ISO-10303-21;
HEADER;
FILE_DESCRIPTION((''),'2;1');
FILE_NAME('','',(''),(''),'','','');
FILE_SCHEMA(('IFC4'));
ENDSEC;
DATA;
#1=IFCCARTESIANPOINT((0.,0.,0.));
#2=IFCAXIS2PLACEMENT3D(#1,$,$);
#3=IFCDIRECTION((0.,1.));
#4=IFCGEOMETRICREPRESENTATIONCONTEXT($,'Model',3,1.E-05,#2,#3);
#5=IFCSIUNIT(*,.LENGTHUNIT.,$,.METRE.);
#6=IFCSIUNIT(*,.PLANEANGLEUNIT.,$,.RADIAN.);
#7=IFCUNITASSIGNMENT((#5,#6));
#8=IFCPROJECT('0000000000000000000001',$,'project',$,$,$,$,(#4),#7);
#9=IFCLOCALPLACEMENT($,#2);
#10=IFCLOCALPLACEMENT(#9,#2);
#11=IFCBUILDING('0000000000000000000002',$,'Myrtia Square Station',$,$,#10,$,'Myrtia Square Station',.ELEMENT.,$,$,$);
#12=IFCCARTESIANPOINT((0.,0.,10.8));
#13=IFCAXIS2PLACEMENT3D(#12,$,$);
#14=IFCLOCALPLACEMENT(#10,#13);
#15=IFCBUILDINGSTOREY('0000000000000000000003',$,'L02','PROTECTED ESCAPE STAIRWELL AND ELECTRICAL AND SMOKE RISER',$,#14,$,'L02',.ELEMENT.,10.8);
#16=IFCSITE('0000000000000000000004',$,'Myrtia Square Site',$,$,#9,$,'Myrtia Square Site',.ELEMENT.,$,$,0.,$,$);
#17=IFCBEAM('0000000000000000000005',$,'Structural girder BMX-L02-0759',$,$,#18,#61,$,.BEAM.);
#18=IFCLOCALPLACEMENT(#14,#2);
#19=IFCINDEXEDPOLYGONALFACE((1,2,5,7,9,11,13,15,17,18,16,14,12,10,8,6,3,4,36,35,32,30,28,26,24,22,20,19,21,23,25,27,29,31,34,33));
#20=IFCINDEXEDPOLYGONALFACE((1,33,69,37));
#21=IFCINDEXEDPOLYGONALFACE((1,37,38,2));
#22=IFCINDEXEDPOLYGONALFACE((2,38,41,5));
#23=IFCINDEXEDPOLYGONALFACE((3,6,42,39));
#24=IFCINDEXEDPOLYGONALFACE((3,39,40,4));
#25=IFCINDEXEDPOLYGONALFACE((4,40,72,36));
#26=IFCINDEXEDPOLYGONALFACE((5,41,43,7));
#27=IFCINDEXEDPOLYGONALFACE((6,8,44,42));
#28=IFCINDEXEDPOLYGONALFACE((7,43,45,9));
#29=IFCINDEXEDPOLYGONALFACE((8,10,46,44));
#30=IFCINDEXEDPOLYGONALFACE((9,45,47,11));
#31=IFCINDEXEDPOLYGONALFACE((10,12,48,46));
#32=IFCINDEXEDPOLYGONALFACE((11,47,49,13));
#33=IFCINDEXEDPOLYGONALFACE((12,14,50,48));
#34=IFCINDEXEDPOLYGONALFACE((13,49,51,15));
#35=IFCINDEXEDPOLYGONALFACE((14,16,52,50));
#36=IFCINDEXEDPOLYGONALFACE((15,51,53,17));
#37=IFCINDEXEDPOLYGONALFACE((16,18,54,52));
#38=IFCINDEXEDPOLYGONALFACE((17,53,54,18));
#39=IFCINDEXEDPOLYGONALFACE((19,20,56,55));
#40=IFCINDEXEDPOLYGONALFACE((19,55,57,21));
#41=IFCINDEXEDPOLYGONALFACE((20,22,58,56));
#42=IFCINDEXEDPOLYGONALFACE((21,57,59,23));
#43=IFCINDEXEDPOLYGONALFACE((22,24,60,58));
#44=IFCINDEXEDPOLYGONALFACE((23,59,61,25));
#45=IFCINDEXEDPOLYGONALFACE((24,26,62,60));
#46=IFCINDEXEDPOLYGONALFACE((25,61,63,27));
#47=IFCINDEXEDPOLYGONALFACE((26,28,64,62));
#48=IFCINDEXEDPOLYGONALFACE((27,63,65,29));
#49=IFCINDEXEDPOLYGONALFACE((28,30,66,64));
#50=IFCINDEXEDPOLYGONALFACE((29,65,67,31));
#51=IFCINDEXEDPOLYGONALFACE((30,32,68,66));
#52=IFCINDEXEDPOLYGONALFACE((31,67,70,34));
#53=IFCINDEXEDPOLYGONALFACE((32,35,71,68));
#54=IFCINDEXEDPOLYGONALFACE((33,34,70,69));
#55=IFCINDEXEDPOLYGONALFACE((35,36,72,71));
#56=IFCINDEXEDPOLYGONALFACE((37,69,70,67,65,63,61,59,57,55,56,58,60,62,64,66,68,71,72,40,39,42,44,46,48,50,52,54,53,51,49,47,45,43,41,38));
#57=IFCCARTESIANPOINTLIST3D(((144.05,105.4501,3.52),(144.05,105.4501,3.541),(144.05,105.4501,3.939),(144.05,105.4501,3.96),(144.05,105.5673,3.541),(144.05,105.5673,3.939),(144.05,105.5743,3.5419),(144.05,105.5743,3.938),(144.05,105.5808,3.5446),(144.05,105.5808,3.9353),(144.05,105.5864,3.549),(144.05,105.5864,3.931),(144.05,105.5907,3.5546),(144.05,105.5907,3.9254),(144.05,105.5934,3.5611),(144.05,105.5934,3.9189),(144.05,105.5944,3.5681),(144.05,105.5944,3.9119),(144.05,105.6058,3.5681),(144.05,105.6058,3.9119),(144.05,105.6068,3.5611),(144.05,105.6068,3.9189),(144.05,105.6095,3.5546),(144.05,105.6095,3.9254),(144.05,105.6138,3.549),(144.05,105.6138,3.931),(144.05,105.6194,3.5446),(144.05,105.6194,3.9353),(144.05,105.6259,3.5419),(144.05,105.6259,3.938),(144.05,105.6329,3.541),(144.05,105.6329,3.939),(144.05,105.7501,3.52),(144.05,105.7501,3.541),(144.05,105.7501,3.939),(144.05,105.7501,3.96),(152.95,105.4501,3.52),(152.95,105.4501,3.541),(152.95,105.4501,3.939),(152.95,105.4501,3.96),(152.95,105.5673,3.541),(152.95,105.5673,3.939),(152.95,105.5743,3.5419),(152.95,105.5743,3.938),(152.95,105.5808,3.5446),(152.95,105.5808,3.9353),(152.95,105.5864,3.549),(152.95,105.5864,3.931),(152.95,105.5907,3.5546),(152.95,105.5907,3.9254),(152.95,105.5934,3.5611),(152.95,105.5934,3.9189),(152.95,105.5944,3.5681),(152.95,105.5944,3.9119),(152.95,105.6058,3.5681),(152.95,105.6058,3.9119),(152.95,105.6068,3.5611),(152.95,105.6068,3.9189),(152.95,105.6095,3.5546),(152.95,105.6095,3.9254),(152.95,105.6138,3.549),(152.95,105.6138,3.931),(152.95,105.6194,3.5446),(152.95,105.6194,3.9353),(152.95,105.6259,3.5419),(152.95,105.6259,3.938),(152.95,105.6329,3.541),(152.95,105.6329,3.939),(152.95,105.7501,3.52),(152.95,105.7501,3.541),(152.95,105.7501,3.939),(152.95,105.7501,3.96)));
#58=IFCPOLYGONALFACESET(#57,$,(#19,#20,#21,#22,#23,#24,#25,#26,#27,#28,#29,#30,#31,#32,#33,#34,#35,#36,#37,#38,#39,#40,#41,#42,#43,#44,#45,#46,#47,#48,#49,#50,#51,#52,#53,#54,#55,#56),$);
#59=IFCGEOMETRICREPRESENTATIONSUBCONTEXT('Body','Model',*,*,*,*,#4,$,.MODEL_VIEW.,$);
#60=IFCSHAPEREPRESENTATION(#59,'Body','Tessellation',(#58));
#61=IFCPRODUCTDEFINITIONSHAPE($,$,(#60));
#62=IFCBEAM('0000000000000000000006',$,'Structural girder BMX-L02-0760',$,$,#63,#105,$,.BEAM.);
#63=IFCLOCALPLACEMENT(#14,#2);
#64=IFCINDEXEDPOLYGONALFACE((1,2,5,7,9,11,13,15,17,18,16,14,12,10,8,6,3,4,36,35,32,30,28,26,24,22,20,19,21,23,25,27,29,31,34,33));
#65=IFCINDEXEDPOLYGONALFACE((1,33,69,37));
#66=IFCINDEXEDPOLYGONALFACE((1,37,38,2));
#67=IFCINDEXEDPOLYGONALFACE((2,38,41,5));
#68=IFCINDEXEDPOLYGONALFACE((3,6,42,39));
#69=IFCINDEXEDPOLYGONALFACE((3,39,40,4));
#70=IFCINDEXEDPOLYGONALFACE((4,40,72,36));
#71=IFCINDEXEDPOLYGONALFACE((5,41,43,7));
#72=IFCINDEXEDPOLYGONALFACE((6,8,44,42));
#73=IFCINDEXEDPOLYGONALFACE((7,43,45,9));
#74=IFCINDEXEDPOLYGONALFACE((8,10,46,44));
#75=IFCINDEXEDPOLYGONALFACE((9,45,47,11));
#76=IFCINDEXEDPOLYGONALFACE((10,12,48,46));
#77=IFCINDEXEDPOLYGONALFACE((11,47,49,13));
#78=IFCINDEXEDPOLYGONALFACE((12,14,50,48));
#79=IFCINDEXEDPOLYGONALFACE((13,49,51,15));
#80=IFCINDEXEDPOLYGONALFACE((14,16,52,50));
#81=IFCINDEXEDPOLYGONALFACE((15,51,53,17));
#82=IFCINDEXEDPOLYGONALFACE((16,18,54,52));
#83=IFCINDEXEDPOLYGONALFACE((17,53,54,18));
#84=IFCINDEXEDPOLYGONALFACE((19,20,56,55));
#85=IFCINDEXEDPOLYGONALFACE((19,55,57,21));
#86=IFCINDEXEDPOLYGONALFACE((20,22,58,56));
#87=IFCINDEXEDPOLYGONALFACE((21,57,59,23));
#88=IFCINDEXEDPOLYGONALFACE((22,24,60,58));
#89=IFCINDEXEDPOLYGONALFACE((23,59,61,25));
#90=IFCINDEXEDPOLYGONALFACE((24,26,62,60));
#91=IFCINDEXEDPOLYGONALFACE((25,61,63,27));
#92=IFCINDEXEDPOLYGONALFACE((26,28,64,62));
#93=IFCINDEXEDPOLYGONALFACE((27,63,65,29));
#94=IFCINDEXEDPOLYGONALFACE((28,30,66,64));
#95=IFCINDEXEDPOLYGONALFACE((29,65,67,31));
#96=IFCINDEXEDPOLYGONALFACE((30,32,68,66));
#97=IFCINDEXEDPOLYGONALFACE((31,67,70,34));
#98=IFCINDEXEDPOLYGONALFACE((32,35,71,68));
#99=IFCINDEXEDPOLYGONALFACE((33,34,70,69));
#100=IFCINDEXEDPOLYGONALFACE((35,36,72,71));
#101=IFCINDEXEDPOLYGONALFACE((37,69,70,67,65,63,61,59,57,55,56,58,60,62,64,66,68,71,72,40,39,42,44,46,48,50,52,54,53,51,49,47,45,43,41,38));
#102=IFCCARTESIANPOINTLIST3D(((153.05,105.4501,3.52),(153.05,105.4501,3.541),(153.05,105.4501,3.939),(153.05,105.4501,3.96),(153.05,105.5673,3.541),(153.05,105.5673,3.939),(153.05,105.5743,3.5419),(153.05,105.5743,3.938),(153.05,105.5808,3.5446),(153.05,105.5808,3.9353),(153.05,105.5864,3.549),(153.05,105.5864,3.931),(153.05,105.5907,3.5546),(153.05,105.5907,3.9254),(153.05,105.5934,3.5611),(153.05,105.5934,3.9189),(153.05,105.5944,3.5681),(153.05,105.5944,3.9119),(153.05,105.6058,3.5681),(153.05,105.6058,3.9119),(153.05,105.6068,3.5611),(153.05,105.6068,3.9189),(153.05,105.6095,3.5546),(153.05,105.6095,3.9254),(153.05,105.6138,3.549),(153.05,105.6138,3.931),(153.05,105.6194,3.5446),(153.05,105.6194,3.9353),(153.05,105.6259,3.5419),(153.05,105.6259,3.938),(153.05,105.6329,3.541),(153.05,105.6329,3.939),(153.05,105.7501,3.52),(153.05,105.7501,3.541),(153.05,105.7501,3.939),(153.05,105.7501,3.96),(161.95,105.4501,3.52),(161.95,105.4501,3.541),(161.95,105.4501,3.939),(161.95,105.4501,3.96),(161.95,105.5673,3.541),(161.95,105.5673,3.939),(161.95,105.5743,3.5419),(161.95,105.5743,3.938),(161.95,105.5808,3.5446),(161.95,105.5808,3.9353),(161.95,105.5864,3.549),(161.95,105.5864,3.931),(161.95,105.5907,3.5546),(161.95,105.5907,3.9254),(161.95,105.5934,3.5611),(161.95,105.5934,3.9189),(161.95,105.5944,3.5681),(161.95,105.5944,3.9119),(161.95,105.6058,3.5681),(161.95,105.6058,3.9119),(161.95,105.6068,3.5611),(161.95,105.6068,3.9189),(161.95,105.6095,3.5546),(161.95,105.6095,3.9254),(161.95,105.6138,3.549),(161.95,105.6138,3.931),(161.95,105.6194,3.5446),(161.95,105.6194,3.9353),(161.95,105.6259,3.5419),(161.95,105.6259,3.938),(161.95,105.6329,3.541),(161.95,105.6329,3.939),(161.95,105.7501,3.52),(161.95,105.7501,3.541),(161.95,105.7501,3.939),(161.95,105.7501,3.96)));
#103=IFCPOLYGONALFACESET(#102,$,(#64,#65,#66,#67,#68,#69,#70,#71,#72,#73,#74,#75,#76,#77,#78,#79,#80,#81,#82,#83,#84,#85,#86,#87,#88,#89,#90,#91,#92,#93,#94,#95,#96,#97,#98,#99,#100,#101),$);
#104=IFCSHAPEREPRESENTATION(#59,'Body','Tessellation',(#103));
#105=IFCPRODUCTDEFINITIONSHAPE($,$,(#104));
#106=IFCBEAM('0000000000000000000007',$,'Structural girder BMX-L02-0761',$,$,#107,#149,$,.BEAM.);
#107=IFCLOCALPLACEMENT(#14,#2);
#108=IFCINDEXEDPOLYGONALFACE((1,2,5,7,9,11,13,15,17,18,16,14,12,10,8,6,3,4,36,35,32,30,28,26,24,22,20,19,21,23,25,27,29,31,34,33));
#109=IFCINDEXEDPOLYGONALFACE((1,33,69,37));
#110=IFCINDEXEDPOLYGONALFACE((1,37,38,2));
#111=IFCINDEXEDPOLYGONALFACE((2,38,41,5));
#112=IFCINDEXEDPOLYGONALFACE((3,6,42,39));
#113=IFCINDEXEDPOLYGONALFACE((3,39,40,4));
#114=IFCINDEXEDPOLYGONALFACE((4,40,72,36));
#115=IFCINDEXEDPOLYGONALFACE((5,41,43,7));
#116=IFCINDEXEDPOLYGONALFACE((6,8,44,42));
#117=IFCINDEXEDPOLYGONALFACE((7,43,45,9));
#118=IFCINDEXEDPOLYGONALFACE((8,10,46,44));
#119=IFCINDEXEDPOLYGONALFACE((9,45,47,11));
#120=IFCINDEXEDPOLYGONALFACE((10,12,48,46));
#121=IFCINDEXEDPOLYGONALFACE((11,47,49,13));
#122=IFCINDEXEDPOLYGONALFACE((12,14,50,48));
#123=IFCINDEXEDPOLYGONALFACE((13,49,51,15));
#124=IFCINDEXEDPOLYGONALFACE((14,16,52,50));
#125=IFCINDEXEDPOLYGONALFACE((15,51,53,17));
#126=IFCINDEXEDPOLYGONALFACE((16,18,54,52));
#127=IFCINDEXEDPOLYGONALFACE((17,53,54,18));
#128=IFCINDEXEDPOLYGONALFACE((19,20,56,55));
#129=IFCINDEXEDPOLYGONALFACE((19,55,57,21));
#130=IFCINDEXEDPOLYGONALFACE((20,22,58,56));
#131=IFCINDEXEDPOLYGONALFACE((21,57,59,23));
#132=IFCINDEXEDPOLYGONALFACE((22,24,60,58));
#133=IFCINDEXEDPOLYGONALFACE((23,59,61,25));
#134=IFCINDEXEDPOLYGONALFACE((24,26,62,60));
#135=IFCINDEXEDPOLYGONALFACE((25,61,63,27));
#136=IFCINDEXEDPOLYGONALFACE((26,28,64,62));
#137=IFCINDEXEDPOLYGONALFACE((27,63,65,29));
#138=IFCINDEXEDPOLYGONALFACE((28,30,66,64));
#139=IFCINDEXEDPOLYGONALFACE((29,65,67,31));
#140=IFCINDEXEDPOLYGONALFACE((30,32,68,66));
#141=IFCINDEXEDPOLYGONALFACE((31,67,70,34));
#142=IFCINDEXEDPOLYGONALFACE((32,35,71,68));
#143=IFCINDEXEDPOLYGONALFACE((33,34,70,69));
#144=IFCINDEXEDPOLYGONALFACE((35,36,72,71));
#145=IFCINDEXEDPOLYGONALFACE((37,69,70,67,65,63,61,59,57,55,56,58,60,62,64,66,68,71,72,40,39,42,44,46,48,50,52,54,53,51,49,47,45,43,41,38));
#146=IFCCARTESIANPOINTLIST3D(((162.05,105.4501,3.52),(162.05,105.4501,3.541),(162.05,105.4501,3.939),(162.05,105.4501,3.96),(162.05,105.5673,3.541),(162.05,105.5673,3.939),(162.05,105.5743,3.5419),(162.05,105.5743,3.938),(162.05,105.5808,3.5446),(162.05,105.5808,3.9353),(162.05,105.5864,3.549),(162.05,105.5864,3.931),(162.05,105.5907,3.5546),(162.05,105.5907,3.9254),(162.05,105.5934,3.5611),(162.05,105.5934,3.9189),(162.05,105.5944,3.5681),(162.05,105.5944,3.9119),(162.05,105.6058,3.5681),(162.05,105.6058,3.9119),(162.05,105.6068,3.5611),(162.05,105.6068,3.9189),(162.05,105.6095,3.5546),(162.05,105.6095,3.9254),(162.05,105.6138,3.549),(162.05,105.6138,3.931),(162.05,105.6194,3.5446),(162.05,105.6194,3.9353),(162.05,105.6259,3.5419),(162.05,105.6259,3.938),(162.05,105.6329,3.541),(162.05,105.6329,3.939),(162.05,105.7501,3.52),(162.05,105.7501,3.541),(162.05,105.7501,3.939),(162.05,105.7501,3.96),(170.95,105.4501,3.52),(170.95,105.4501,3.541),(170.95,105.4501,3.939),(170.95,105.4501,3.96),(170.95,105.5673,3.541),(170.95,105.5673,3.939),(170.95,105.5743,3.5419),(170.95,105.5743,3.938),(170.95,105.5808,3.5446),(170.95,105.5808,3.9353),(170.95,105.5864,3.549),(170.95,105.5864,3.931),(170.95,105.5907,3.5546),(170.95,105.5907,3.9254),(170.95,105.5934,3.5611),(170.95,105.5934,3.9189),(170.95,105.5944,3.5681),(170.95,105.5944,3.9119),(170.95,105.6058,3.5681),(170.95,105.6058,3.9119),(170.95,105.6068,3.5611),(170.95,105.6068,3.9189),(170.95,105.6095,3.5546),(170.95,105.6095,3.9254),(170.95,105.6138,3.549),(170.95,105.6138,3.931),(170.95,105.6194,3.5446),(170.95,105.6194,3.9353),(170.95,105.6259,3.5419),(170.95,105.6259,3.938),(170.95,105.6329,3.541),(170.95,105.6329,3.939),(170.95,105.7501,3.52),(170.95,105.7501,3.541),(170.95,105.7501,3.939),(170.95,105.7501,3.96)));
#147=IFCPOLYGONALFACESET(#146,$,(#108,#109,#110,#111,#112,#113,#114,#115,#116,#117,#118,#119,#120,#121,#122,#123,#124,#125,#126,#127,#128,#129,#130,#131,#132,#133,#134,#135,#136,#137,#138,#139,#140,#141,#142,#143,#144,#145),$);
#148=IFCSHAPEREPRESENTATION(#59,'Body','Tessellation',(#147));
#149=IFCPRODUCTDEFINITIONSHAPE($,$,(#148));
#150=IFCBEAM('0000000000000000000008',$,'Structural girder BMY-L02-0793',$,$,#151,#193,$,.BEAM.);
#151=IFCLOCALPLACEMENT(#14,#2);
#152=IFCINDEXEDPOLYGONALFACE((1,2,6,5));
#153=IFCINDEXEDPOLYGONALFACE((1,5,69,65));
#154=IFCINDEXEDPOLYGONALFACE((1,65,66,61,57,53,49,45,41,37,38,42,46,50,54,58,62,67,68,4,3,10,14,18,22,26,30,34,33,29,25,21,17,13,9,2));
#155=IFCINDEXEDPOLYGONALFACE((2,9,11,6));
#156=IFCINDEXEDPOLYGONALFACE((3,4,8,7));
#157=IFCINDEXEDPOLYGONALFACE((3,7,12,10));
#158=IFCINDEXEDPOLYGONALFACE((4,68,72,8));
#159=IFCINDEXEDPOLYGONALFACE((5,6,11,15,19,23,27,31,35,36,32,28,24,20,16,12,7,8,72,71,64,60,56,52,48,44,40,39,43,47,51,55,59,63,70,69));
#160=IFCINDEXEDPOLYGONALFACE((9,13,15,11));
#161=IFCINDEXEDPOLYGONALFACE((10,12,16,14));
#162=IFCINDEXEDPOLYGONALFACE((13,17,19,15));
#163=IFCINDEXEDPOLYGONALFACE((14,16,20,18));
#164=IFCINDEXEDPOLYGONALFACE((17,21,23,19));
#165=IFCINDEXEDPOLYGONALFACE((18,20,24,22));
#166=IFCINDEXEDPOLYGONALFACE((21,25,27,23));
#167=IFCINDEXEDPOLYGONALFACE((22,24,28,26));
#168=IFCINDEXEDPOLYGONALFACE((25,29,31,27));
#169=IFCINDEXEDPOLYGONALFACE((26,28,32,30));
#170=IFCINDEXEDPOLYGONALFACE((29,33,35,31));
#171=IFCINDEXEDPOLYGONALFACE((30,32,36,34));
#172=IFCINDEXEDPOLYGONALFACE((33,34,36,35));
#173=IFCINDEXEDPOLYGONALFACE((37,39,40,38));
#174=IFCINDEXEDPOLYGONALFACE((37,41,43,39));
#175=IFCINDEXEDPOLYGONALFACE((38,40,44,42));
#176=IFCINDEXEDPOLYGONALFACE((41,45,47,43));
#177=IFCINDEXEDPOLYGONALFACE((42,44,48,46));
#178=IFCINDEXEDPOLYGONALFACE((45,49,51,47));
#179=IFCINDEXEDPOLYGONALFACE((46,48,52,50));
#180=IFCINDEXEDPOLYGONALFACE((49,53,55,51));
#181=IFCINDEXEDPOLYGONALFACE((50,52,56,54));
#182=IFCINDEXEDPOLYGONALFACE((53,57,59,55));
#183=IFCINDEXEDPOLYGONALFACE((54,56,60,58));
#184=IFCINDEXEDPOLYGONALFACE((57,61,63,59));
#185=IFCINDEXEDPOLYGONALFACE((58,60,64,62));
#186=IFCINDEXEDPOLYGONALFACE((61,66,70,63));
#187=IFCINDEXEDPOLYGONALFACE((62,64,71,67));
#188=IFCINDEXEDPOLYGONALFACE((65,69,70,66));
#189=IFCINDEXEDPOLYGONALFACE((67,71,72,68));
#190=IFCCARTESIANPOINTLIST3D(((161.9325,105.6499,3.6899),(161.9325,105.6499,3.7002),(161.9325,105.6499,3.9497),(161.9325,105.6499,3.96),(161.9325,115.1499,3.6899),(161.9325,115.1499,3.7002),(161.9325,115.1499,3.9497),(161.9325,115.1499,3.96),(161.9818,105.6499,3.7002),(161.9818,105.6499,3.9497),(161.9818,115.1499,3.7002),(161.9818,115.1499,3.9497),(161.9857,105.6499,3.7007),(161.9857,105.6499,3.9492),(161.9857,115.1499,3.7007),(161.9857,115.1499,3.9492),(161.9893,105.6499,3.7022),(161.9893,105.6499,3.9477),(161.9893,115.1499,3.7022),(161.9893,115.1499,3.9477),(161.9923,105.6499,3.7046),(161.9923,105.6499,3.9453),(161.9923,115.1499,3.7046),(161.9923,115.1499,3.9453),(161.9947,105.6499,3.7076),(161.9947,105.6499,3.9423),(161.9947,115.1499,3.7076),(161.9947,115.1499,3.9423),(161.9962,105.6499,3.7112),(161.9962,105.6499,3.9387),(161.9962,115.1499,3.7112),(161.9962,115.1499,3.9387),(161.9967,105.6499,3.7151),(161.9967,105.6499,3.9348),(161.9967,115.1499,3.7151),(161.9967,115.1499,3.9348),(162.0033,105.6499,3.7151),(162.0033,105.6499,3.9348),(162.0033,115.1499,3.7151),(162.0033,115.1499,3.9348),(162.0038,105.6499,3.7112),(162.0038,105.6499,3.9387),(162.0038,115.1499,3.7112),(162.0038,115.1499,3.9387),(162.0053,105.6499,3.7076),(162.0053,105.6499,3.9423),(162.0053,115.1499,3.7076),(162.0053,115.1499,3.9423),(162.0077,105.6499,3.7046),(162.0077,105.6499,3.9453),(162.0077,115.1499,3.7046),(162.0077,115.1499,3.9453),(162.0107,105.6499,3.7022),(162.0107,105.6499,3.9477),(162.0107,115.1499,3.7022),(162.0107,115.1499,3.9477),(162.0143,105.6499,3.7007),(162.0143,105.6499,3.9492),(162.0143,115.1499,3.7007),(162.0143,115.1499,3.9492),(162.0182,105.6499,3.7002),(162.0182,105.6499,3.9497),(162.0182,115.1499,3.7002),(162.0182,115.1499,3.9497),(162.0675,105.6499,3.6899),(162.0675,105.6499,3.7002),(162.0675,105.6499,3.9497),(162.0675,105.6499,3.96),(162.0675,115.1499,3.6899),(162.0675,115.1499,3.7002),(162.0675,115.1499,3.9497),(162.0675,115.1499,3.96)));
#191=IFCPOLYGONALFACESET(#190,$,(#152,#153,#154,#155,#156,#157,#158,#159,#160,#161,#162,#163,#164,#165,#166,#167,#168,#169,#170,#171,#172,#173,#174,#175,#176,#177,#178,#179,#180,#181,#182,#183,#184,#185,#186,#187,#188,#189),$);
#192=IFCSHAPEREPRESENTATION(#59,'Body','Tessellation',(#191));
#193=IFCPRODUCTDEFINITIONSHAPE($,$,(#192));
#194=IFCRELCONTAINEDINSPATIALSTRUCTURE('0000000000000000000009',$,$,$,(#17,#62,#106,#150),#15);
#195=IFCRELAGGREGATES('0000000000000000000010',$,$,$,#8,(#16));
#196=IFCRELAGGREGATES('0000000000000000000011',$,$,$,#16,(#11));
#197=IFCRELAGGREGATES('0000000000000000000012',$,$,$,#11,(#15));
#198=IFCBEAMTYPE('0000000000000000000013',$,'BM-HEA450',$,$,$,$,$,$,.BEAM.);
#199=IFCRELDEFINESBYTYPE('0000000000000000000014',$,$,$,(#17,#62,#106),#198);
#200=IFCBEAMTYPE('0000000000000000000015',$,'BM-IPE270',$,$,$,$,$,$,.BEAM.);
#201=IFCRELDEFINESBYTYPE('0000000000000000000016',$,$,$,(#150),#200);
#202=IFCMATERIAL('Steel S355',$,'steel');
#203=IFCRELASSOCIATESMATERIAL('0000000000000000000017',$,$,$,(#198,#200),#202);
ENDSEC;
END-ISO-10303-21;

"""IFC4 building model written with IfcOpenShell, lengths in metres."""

from ifc_helpers import new_model, si_unit, direction, frame, origin, origin_2d, place, context, subcontext, project, spatial, i_section, extrude, material, material_profile, profile_set, type_object, element, save


model = new_model("IFC4")

# Units and contexts
model_context = context("Model", 3, precision=1e-05, world=origin(), true_north=direction((0.0, 1.0)))
body_context = subcontext(model_context, "Body", "Model", "MODEL_VIEW")
ifc_project = project(units=[si_unit("LENGTHUNIT", "METRE"), si_unit("PLANEANGLEUNIT", "RADIAN")], contexts=[model_context])

# Site, building, storey
site_placement = place(None, origin())
site = spatial("IfcSite", under=ifc_project, at=site_placement, Name="Myrtia Square Site", LongName="Myrtia Square Site", CompositionType="ELEMENT", RefElevation=0.0)
building_placement = place(site_placement, origin())
building = spatial("IfcBuilding", under=site, at=building_placement, Name="Myrtia Square Station", LongName="Myrtia Square Station", CompositionType="ELEMENT")
storey_placement = place(building_placement, frame((0.0, 0.0, 10.8)))
storey = spatial("IfcBuildingStorey", under=building, at=storey_placement, Name="L02", Description="PROTECTED ESCAPE STAIRWELL AND ELECTRICAL AND SMOKE RISER", LongName="L02", CompositionType="ELEMENT", Elevation=10.8)

# Shared definitions
ifc_material_1 = material(Name="Steel S355", Category="steel")

# Beams
ifc_material_profile_1 = material_profile(ifc_material_1, i_section(OverallWidth=0.3, OverallDepth=0.4399, WebThickness=0.0115, FlangeThickness=0.021, FilletRadius=0.0271, at=origin_2d()), Name="HEA 450")
ifc_profile_set_1 = profile_set([ifc_material_profile_1], Name="Steel S355")
beam_type_1 = type_object("IfcBeamType", Name="BM-HEA450", PredefinedType="BEAM", material=ifc_profile_set_1)
for number, where, z_axis, x_axis, name in (
    (1, (144.05, 105.6001, 3.74), (1.0, 0.0, 0.0), (0.0, 1.0, 0.0), "Structural girder BMX-L02-0759"),
    (2, (153.05, 105.6001, 3.74), (1.0, 0.0, 0.0), (0.0, 1.0, 0.0), "Structural girder BMX-L02-0760"),
    (3, (162.05, 105.6001, 3.74), (1.0, 0.0, 0.0), (0.0, 1.0, 0.0), "Structural girder BMX-L02-0761"),
):
    element("IfcBeam", number, at=place(storey_placement, frame(where, z_axis=z_axis, x_axis=x_axis)), inside=storey, type_object=beam_type_1, Name=name, PredefinedType="BEAM", context=body_context, shape_type="SweptSolid", body=[
        extrude(i_section(OverallWidth=0.3, OverallDepth=0.4399, WebThickness=0.0115, FlangeThickness=0.021, FilletRadius=0.0271, at=origin_2d()), origin(), (0.0, 0.0, 1.0), 8.8999),
    ])
ifc_material_profile_2 = material_profile(ifc_material_1, i_section(OverallWidth=0.135, OverallDepth=0.27, WebThickness=0.0066, FlangeThickness=0.0103, FilletRadius=0.0149, at=origin_2d()), Name="IPE 270")
ifc_profile_set_2 = profile_set([ifc_material_profile_2], Name="Steel S355")
beam_type_2 = type_object("IfcBeamType", Name="BM-IPE270", PredefinedType="BEAM", material=ifc_profile_set_2)
beam_1_placement = place(storey_placement, frame((162.0, 105.6499, 3.825), z_axis=(0.0, 1.0, 0.0), x_axis=(-1.0, 0.0, 0.0)))
element("IfcBeam", 4, at=beam_1_placement, inside=storey, type_object=beam_type_2, Name="Structural girder BMY-L02-0793", PredefinedType="BEAM", context=body_context, shape_type="SweptSolid", body=[
    extrude(i_section(OverallWidth=0.135, OverallDepth=0.27, WebThickness=0.0066, FlangeThickness=0.0103, FilletRadius=0.0149, at=origin_2d()), origin(), (0.0, 0.0, 1.0), 9.5),
])

save(model, "model.ifc")
